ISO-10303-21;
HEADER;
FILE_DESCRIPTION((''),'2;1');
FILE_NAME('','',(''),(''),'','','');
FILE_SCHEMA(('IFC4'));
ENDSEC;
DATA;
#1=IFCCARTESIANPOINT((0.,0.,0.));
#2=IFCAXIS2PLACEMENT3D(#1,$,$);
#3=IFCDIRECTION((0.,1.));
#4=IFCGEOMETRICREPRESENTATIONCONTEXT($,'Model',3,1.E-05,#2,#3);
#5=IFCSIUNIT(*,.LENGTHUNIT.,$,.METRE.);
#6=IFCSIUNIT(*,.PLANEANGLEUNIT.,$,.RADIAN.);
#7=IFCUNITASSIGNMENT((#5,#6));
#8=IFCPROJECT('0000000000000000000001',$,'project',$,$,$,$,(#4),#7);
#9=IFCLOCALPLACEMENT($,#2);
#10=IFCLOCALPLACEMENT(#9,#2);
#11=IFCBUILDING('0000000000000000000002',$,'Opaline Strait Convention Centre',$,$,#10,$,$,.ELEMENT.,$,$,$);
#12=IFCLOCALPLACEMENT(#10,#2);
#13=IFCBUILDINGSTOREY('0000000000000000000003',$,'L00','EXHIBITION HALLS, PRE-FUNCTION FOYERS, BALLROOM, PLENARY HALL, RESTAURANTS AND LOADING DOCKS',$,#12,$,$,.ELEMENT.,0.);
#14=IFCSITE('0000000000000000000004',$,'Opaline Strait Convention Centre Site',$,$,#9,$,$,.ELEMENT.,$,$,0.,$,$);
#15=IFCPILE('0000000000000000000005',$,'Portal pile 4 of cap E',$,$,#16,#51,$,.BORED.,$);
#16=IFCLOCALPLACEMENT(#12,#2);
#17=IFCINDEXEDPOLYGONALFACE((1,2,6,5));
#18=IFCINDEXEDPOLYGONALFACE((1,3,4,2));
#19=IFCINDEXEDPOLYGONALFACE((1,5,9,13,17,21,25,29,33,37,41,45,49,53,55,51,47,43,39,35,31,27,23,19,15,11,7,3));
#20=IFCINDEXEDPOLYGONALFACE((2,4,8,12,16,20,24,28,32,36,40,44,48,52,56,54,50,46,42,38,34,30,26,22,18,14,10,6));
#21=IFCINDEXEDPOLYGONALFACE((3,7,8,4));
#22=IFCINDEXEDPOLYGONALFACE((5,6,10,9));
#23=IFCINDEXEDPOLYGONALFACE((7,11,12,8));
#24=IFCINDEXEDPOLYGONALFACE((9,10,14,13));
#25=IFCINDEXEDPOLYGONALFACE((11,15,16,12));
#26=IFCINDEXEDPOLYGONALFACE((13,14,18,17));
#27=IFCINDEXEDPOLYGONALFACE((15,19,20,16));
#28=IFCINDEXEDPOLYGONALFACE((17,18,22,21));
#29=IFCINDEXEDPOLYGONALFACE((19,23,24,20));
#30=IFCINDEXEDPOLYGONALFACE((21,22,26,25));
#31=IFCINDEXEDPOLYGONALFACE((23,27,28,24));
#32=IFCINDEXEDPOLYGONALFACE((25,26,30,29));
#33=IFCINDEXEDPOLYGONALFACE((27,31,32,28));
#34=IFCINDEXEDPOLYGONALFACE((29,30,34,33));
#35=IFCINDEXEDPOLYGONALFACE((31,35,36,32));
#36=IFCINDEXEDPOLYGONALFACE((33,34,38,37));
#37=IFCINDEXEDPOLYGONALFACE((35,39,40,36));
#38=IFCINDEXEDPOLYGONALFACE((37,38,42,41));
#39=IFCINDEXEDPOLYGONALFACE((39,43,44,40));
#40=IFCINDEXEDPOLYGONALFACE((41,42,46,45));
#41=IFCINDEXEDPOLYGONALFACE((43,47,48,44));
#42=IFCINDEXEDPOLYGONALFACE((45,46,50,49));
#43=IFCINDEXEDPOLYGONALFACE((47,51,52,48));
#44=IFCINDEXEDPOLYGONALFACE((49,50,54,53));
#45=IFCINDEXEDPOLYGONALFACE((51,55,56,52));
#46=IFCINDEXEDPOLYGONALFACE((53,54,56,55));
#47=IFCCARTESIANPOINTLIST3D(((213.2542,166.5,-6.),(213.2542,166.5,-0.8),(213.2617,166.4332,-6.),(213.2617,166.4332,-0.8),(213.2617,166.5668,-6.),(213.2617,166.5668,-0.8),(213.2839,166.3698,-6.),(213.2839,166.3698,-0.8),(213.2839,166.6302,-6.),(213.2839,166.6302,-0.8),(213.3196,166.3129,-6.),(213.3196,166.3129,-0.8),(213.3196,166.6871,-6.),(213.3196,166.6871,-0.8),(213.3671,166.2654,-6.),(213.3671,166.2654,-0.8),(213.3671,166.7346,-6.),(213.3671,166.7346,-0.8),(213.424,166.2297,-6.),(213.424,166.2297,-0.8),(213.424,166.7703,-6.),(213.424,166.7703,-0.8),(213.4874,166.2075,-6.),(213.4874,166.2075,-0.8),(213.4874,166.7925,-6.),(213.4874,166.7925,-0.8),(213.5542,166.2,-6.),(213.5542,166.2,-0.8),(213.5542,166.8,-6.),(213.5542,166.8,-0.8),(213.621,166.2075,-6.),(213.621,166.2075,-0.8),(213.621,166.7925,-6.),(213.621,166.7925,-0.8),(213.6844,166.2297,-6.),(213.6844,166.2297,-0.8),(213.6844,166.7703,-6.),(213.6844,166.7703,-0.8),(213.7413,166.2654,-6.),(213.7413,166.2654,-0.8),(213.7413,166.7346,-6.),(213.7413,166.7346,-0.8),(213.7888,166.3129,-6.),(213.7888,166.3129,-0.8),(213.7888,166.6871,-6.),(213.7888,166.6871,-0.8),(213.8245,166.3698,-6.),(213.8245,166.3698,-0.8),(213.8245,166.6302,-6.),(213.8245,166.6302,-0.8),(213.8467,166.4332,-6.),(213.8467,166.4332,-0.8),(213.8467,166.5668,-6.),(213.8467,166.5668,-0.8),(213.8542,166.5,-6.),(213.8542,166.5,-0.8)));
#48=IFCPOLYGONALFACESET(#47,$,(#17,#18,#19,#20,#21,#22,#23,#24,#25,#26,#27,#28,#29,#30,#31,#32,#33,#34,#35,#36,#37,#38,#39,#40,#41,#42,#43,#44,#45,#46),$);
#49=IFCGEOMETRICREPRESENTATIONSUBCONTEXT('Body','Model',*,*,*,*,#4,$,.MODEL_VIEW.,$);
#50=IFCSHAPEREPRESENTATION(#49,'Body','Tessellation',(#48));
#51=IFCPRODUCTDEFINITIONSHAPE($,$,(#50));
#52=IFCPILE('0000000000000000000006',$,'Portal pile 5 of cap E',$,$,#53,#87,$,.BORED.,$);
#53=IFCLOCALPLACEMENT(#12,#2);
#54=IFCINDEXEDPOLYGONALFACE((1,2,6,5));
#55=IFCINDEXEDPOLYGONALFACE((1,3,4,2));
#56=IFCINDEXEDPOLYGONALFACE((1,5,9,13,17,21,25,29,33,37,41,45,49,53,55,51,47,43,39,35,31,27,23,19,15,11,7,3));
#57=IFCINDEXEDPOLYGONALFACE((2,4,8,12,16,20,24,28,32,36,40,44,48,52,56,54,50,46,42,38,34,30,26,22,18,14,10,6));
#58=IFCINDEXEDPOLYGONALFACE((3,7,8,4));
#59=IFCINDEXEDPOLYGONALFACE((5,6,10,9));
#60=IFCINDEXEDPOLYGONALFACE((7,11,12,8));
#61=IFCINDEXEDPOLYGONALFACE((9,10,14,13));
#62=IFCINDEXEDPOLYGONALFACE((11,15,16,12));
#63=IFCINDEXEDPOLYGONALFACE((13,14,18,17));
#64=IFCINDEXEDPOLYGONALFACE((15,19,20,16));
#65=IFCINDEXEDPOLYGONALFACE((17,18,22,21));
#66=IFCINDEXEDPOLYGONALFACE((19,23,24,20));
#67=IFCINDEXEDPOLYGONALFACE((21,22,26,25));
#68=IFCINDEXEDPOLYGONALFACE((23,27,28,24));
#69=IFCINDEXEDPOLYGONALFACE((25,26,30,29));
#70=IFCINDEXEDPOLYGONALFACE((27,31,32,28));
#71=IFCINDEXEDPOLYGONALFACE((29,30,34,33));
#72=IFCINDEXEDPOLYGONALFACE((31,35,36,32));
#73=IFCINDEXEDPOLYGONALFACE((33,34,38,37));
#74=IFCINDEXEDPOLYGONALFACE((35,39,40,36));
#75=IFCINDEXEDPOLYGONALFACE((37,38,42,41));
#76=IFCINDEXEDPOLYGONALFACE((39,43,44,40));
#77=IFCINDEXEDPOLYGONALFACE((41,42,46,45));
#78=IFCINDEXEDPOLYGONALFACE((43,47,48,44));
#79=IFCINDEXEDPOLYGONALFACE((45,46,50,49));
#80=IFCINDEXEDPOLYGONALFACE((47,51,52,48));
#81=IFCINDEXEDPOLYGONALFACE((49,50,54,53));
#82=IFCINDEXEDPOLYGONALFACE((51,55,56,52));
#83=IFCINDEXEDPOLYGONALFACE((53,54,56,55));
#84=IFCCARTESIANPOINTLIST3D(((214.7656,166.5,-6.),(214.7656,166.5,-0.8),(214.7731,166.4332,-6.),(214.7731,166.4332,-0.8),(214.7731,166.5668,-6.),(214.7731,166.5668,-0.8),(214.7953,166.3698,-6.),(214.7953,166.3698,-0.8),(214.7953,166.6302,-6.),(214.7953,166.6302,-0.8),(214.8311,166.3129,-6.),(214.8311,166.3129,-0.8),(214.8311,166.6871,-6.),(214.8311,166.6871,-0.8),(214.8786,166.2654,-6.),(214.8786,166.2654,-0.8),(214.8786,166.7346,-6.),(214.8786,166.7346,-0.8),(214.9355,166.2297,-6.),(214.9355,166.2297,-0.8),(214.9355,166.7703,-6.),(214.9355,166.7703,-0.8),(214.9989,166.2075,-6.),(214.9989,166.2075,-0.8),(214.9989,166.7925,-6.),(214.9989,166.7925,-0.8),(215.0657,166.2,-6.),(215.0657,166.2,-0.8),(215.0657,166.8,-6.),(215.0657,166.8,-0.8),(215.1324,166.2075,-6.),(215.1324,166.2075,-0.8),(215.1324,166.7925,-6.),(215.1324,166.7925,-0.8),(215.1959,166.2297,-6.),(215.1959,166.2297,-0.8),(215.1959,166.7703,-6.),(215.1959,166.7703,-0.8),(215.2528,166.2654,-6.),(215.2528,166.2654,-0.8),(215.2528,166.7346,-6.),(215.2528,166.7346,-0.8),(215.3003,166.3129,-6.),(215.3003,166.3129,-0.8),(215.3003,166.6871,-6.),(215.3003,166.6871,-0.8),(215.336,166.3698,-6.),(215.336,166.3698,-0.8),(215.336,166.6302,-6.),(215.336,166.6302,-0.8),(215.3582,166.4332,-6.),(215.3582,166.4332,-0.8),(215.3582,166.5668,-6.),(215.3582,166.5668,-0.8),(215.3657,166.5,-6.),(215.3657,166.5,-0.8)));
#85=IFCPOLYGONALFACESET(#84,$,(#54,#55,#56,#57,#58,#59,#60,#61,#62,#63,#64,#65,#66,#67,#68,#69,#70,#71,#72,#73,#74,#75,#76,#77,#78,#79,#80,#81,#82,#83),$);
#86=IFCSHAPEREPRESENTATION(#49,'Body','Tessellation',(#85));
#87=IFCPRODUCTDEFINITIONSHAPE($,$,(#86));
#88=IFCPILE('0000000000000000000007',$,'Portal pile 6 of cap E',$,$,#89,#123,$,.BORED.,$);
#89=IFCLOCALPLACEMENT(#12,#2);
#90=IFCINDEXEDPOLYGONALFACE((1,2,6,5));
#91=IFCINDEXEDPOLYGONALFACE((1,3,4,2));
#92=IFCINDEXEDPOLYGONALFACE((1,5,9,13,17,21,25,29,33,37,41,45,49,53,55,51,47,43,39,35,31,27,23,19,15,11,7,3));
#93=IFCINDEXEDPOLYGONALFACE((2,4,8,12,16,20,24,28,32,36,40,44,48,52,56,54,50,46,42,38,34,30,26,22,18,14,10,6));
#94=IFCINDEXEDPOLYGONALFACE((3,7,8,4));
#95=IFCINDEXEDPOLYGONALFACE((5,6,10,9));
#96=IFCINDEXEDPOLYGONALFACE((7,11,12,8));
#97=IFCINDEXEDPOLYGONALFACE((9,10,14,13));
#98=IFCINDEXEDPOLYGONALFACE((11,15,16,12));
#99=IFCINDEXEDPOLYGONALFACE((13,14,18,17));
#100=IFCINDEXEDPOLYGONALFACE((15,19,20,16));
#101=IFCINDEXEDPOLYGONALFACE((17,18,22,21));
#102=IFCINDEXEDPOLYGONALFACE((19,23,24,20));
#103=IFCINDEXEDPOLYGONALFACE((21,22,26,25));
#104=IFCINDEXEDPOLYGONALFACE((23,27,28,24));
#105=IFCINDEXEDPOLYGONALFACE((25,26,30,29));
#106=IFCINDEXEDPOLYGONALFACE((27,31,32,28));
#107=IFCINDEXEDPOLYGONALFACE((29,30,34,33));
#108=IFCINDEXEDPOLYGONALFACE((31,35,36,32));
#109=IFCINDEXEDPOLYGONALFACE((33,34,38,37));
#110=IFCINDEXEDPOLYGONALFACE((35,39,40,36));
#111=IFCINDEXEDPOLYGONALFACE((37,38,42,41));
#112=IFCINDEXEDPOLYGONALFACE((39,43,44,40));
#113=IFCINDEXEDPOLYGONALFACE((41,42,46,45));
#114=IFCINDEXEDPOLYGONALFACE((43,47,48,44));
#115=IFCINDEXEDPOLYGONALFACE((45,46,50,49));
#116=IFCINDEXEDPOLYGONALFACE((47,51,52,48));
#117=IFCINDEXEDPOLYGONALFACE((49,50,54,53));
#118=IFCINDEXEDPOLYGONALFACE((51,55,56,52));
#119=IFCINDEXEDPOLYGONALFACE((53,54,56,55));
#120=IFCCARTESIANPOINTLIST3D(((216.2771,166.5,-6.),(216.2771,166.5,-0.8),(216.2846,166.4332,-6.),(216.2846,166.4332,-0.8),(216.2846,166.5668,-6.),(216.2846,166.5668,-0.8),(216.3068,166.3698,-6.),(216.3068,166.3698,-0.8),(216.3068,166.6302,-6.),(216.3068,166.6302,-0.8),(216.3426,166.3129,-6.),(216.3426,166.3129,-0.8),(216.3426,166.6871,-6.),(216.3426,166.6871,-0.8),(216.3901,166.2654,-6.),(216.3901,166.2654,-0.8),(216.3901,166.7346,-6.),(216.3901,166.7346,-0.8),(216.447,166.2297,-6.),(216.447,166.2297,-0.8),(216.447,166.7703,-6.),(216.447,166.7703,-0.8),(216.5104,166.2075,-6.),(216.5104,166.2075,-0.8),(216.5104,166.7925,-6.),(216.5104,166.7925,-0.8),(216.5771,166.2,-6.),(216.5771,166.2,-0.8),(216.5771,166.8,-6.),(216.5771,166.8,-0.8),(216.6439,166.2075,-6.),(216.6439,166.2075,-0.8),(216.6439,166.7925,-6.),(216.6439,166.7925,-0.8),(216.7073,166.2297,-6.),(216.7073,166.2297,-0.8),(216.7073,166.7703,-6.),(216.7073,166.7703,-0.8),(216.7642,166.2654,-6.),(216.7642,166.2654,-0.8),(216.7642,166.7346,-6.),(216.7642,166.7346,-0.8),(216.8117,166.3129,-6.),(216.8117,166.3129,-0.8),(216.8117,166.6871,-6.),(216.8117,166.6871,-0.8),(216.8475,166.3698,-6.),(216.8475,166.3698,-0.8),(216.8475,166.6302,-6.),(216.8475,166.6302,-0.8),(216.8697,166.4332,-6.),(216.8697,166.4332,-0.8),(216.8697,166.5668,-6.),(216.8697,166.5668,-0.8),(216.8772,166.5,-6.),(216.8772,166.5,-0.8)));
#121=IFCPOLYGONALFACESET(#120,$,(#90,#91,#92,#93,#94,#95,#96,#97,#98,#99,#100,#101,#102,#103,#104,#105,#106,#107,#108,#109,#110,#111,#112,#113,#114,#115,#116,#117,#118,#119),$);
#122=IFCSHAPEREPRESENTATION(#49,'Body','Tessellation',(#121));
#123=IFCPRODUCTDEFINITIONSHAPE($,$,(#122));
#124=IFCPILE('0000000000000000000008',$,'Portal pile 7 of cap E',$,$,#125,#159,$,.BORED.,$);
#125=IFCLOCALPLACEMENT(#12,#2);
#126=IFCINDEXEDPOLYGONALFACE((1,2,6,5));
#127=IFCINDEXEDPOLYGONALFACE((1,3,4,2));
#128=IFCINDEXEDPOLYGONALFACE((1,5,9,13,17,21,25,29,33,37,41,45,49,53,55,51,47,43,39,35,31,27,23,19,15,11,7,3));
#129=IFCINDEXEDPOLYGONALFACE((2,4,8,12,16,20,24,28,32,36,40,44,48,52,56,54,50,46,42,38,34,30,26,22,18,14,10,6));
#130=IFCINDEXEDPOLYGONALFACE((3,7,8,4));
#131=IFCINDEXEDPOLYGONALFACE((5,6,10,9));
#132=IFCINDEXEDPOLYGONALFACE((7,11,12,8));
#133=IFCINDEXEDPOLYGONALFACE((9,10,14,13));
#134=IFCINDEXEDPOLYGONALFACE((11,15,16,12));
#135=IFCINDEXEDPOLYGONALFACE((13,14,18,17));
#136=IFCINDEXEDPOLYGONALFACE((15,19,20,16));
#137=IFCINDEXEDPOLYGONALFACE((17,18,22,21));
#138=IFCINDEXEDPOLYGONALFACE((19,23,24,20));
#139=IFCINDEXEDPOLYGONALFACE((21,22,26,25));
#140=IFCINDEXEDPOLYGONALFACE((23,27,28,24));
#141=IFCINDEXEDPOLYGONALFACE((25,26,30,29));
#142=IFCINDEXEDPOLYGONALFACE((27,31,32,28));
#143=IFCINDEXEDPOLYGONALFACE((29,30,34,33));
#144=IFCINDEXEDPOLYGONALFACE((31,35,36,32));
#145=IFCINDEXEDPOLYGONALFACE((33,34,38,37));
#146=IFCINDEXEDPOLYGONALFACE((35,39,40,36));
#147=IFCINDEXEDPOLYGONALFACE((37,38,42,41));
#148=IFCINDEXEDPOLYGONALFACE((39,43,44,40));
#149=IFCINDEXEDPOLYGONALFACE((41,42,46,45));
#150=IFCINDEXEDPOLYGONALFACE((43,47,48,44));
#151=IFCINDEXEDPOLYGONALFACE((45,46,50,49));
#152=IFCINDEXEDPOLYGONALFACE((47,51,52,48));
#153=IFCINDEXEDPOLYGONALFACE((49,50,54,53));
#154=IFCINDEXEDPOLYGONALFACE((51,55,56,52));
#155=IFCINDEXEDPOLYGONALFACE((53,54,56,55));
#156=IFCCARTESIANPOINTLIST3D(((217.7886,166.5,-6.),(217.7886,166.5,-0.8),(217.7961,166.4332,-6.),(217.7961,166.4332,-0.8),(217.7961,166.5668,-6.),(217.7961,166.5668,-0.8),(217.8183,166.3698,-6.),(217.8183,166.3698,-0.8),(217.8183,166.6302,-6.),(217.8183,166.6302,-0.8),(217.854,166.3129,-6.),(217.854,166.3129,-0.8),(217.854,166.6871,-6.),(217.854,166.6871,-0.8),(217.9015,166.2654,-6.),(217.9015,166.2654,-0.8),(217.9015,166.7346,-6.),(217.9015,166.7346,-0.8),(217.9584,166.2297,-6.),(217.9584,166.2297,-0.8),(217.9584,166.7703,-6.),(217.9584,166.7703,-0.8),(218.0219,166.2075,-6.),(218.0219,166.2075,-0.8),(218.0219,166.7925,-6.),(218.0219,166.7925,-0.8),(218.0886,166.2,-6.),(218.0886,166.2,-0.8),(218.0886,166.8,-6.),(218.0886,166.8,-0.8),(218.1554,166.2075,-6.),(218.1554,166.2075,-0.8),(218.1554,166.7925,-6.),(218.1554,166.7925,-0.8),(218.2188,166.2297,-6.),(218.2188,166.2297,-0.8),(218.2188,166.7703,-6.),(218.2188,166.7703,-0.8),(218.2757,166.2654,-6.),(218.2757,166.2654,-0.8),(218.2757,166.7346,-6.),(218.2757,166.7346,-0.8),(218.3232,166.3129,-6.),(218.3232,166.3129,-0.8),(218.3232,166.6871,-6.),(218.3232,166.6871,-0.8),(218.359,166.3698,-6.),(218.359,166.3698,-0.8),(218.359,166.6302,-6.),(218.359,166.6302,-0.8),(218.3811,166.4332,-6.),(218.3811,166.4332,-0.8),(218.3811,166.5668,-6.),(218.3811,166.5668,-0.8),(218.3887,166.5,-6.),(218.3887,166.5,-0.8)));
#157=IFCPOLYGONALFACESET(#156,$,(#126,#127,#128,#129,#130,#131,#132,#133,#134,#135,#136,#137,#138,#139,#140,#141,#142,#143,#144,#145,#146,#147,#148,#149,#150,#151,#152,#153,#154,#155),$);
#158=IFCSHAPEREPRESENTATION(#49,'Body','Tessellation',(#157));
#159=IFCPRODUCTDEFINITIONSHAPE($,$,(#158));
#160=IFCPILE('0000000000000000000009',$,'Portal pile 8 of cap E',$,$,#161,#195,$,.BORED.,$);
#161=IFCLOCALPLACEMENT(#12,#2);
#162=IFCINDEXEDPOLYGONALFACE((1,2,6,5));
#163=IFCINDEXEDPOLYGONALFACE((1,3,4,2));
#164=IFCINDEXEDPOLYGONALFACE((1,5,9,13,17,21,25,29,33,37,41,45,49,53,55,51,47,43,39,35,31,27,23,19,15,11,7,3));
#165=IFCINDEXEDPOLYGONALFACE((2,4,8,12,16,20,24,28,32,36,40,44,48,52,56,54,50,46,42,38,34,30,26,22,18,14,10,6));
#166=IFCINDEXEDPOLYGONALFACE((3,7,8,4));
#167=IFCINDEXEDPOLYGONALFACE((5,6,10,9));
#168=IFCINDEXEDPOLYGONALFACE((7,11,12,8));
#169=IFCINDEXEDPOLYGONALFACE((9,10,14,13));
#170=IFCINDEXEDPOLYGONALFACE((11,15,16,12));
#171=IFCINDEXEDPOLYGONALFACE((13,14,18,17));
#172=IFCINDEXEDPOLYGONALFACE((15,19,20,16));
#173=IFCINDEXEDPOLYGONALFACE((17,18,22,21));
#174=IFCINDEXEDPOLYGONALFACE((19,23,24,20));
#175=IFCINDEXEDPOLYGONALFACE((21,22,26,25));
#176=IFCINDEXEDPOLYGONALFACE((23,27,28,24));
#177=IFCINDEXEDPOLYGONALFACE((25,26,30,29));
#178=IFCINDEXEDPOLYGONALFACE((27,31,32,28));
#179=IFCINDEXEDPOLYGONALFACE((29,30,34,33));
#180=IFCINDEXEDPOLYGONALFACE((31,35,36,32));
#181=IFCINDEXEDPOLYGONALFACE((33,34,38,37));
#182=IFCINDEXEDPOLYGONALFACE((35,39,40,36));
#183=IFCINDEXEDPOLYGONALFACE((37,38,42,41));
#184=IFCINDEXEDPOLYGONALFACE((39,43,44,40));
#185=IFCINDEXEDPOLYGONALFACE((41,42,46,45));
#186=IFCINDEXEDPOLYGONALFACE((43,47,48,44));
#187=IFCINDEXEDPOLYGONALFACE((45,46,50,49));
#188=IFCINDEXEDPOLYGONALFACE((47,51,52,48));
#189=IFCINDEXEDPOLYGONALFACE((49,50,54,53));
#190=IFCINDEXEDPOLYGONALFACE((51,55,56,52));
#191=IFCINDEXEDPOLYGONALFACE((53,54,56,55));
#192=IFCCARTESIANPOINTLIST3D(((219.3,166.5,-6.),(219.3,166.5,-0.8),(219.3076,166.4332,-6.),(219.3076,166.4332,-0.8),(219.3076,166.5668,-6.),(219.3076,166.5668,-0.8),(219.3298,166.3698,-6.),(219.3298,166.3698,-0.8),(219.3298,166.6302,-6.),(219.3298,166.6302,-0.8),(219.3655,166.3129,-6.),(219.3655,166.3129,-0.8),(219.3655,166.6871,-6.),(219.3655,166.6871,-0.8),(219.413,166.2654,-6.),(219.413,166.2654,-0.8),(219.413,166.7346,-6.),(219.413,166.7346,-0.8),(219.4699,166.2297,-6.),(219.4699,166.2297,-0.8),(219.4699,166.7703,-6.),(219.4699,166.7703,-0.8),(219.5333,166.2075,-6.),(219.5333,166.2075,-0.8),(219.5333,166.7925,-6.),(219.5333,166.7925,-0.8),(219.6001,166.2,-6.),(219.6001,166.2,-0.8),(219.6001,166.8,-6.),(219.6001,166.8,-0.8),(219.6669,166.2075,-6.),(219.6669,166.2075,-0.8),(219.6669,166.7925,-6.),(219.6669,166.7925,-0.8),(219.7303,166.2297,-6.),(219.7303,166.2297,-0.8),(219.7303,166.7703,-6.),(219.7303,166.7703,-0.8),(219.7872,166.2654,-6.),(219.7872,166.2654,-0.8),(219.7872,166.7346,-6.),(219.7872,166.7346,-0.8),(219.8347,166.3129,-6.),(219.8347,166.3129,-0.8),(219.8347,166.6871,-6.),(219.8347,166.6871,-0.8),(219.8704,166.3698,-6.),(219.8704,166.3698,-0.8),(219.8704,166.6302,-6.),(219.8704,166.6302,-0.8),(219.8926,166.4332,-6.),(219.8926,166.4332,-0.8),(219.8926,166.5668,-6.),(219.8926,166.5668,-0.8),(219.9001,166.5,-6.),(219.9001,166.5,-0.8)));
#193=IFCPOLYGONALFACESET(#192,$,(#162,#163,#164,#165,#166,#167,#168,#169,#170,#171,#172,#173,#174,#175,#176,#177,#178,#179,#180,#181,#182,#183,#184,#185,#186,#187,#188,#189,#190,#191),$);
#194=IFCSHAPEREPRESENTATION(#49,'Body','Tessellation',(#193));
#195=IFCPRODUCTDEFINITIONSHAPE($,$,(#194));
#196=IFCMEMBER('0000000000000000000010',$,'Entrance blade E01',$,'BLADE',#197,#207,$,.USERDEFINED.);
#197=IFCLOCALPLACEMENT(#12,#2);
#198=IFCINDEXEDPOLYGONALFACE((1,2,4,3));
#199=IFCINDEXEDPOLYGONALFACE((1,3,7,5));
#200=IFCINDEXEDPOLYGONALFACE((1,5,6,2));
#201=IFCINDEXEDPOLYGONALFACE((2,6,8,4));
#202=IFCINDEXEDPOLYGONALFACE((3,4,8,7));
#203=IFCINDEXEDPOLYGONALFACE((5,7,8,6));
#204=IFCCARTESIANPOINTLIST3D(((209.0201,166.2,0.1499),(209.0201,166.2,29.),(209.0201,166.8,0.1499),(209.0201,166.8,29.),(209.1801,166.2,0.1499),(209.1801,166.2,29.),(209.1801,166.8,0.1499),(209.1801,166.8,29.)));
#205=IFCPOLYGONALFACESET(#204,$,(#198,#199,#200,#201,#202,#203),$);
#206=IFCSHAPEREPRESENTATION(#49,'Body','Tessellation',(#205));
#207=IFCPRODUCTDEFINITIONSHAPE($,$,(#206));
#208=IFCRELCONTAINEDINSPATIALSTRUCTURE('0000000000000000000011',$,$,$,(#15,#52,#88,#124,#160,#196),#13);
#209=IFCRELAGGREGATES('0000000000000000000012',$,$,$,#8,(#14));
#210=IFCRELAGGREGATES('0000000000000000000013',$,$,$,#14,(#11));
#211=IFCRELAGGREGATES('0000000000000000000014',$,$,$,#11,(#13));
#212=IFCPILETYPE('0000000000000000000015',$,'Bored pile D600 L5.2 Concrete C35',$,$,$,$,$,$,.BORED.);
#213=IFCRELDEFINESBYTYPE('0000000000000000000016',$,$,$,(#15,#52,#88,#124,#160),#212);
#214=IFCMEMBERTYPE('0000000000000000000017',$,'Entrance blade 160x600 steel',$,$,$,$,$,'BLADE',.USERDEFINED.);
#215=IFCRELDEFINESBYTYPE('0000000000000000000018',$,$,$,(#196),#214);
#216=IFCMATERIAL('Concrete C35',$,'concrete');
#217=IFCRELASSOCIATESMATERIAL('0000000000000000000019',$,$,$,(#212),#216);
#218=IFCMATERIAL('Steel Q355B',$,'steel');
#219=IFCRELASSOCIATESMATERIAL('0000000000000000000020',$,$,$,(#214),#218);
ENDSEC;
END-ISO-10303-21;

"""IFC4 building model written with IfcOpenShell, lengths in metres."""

from ifc_helpers import new_model, si_unit, direction, frame, origin, origin_2d, place, context, subcontext, project, spatial, rectangle, circle, extrude, material, material_profile, profile_set, type_object, element, save


model = new_model("IFC4")

# Units and contexts
model_context = context("Model", 3, precision=1e-05, world=origin(), true_north=direction((0.0, 1.0)))
body_context = subcontext(model_context, "Body", "Model", "MODEL_VIEW")
ifc_project = project(units=[si_unit("LENGTHUNIT", "METRE"), si_unit("PLANEANGLEUNIT", "RADIAN")], contexts=[model_context])

# Site, building, storey
site_placement = place(None, origin())
site = spatial("IfcSite", under=ifc_project, at=site_placement, Name="Opaline Strait Convention Centre Site", CompositionType="ELEMENT", RefElevation=0.0)
building_placement = place(site_placement, origin())
building = spatial("IfcBuilding", under=site, at=building_placement, Name="Opaline Strait Convention Centre", CompositionType="ELEMENT")
storey_placement = place(building_placement, origin())
storey = spatial("IfcBuildingStorey", under=building, at=storey_placement, Name="L00", Description="EXHIBITION HALLS, PRE-FUNCTION FOYERS, BALLROOM, PLENARY HALL, RESTAURANTS AND LOADING DOCKS", CompositionType="ELEMENT", Elevation=0.0)

# Piles
ifc_material_1 = material(Name="Concrete C35", Category="concrete")
ifc_material_profile_1 = material_profile(ifc_material_1, circle(Radius=0.3, at=origin_2d()), Name="D600")
ifc_profile_set_1 = profile_set([ifc_material_profile_1], Name="Concrete C35")
pile_type_1 = type_object("IfcPileType", Name="Bored pile D600 L5.2 Concrete C35", PredefinedType="BORED", material=ifc_profile_set_1)
for number, where, z_axis, x_axis, name in (
    (1, (213.5542, 166.5, -0.8), (0.0, 0.0, -1.0), (1.0, 0.0, 0.0), "Portal pile 4 of cap E"),
    (2, (215.0657, 166.5, -0.8), (0.0, 0.0, -1.0), (1.0, 0.0, 0.0), "Portal pile 5 of cap E"),
    (3, (216.5771, 166.5, -0.8), (0.0, 0.0, -1.0), (1.0, 0.0, 0.0), "Portal pile 6 of cap E"),
    (4, (218.0886, 166.5, -0.8), (0.0, 0.0, -1.0), (1.0, 0.0, 0.0), "Portal pile 7 of cap E"),
    (5, (219.6001, 166.5, -0.8), (0.0, 0.0, -1.0), (1.0, 0.0, 0.0), "Portal pile 8 of cap E"),
):
    element("IfcPile", number, at=place(storey_placement, frame(where, z_axis=z_axis, x_axis=x_axis)), inside=storey, type_object=pile_type_1, Name=name, PredefinedType="BORED", context=body_context, shape_type="SweptSolid", body=[
        extrude(circle(Radius=0.3, at=origin_2d()), origin(), (0.0, 0.0, 1.0), 5.2),
    ])

# Member
ifc_material_2 = material(Name="Steel Q355B", Category="steel")
ifc_material_profile_2 = material_profile(ifc_material_2, rectangle(XDim=0.1599, YDim=0.6001, at=origin_2d()), Name="BAR 160x600")
ifc_profile_set_2 = profile_set([ifc_material_profile_2], Name="Steel Q355B")
member_type = type_object("IfcMemberType", Name="Entrance blade 160x600 steel", ElementType="BLADE", PredefinedType="USERDEFINED", material=ifc_profile_set_2)
for number, where, z_axis, x_axis, name in (
    (6, (209.1001, 166.5, 0.1499), (0.0, 0.0, 1.0), (1.0, 0.0, 0.0), "Entrance blade E01"),
):
    element("IfcMember", number, at=place(storey_placement, frame(where, z_axis=z_axis, x_axis=x_axis)), inside=storey, type_object=member_type, Name=name, ObjectType="BLADE", PredefinedType="USERDEFINED", context=body_context, shape_type="SweptSolid", body=[
        extrude(rectangle(XDim=0.1599, YDim=0.6001, at=origin_2d()), origin(), (0.0, 0.0, 1.0), 28.8501),
    ])

save(model, "model.ifc")
